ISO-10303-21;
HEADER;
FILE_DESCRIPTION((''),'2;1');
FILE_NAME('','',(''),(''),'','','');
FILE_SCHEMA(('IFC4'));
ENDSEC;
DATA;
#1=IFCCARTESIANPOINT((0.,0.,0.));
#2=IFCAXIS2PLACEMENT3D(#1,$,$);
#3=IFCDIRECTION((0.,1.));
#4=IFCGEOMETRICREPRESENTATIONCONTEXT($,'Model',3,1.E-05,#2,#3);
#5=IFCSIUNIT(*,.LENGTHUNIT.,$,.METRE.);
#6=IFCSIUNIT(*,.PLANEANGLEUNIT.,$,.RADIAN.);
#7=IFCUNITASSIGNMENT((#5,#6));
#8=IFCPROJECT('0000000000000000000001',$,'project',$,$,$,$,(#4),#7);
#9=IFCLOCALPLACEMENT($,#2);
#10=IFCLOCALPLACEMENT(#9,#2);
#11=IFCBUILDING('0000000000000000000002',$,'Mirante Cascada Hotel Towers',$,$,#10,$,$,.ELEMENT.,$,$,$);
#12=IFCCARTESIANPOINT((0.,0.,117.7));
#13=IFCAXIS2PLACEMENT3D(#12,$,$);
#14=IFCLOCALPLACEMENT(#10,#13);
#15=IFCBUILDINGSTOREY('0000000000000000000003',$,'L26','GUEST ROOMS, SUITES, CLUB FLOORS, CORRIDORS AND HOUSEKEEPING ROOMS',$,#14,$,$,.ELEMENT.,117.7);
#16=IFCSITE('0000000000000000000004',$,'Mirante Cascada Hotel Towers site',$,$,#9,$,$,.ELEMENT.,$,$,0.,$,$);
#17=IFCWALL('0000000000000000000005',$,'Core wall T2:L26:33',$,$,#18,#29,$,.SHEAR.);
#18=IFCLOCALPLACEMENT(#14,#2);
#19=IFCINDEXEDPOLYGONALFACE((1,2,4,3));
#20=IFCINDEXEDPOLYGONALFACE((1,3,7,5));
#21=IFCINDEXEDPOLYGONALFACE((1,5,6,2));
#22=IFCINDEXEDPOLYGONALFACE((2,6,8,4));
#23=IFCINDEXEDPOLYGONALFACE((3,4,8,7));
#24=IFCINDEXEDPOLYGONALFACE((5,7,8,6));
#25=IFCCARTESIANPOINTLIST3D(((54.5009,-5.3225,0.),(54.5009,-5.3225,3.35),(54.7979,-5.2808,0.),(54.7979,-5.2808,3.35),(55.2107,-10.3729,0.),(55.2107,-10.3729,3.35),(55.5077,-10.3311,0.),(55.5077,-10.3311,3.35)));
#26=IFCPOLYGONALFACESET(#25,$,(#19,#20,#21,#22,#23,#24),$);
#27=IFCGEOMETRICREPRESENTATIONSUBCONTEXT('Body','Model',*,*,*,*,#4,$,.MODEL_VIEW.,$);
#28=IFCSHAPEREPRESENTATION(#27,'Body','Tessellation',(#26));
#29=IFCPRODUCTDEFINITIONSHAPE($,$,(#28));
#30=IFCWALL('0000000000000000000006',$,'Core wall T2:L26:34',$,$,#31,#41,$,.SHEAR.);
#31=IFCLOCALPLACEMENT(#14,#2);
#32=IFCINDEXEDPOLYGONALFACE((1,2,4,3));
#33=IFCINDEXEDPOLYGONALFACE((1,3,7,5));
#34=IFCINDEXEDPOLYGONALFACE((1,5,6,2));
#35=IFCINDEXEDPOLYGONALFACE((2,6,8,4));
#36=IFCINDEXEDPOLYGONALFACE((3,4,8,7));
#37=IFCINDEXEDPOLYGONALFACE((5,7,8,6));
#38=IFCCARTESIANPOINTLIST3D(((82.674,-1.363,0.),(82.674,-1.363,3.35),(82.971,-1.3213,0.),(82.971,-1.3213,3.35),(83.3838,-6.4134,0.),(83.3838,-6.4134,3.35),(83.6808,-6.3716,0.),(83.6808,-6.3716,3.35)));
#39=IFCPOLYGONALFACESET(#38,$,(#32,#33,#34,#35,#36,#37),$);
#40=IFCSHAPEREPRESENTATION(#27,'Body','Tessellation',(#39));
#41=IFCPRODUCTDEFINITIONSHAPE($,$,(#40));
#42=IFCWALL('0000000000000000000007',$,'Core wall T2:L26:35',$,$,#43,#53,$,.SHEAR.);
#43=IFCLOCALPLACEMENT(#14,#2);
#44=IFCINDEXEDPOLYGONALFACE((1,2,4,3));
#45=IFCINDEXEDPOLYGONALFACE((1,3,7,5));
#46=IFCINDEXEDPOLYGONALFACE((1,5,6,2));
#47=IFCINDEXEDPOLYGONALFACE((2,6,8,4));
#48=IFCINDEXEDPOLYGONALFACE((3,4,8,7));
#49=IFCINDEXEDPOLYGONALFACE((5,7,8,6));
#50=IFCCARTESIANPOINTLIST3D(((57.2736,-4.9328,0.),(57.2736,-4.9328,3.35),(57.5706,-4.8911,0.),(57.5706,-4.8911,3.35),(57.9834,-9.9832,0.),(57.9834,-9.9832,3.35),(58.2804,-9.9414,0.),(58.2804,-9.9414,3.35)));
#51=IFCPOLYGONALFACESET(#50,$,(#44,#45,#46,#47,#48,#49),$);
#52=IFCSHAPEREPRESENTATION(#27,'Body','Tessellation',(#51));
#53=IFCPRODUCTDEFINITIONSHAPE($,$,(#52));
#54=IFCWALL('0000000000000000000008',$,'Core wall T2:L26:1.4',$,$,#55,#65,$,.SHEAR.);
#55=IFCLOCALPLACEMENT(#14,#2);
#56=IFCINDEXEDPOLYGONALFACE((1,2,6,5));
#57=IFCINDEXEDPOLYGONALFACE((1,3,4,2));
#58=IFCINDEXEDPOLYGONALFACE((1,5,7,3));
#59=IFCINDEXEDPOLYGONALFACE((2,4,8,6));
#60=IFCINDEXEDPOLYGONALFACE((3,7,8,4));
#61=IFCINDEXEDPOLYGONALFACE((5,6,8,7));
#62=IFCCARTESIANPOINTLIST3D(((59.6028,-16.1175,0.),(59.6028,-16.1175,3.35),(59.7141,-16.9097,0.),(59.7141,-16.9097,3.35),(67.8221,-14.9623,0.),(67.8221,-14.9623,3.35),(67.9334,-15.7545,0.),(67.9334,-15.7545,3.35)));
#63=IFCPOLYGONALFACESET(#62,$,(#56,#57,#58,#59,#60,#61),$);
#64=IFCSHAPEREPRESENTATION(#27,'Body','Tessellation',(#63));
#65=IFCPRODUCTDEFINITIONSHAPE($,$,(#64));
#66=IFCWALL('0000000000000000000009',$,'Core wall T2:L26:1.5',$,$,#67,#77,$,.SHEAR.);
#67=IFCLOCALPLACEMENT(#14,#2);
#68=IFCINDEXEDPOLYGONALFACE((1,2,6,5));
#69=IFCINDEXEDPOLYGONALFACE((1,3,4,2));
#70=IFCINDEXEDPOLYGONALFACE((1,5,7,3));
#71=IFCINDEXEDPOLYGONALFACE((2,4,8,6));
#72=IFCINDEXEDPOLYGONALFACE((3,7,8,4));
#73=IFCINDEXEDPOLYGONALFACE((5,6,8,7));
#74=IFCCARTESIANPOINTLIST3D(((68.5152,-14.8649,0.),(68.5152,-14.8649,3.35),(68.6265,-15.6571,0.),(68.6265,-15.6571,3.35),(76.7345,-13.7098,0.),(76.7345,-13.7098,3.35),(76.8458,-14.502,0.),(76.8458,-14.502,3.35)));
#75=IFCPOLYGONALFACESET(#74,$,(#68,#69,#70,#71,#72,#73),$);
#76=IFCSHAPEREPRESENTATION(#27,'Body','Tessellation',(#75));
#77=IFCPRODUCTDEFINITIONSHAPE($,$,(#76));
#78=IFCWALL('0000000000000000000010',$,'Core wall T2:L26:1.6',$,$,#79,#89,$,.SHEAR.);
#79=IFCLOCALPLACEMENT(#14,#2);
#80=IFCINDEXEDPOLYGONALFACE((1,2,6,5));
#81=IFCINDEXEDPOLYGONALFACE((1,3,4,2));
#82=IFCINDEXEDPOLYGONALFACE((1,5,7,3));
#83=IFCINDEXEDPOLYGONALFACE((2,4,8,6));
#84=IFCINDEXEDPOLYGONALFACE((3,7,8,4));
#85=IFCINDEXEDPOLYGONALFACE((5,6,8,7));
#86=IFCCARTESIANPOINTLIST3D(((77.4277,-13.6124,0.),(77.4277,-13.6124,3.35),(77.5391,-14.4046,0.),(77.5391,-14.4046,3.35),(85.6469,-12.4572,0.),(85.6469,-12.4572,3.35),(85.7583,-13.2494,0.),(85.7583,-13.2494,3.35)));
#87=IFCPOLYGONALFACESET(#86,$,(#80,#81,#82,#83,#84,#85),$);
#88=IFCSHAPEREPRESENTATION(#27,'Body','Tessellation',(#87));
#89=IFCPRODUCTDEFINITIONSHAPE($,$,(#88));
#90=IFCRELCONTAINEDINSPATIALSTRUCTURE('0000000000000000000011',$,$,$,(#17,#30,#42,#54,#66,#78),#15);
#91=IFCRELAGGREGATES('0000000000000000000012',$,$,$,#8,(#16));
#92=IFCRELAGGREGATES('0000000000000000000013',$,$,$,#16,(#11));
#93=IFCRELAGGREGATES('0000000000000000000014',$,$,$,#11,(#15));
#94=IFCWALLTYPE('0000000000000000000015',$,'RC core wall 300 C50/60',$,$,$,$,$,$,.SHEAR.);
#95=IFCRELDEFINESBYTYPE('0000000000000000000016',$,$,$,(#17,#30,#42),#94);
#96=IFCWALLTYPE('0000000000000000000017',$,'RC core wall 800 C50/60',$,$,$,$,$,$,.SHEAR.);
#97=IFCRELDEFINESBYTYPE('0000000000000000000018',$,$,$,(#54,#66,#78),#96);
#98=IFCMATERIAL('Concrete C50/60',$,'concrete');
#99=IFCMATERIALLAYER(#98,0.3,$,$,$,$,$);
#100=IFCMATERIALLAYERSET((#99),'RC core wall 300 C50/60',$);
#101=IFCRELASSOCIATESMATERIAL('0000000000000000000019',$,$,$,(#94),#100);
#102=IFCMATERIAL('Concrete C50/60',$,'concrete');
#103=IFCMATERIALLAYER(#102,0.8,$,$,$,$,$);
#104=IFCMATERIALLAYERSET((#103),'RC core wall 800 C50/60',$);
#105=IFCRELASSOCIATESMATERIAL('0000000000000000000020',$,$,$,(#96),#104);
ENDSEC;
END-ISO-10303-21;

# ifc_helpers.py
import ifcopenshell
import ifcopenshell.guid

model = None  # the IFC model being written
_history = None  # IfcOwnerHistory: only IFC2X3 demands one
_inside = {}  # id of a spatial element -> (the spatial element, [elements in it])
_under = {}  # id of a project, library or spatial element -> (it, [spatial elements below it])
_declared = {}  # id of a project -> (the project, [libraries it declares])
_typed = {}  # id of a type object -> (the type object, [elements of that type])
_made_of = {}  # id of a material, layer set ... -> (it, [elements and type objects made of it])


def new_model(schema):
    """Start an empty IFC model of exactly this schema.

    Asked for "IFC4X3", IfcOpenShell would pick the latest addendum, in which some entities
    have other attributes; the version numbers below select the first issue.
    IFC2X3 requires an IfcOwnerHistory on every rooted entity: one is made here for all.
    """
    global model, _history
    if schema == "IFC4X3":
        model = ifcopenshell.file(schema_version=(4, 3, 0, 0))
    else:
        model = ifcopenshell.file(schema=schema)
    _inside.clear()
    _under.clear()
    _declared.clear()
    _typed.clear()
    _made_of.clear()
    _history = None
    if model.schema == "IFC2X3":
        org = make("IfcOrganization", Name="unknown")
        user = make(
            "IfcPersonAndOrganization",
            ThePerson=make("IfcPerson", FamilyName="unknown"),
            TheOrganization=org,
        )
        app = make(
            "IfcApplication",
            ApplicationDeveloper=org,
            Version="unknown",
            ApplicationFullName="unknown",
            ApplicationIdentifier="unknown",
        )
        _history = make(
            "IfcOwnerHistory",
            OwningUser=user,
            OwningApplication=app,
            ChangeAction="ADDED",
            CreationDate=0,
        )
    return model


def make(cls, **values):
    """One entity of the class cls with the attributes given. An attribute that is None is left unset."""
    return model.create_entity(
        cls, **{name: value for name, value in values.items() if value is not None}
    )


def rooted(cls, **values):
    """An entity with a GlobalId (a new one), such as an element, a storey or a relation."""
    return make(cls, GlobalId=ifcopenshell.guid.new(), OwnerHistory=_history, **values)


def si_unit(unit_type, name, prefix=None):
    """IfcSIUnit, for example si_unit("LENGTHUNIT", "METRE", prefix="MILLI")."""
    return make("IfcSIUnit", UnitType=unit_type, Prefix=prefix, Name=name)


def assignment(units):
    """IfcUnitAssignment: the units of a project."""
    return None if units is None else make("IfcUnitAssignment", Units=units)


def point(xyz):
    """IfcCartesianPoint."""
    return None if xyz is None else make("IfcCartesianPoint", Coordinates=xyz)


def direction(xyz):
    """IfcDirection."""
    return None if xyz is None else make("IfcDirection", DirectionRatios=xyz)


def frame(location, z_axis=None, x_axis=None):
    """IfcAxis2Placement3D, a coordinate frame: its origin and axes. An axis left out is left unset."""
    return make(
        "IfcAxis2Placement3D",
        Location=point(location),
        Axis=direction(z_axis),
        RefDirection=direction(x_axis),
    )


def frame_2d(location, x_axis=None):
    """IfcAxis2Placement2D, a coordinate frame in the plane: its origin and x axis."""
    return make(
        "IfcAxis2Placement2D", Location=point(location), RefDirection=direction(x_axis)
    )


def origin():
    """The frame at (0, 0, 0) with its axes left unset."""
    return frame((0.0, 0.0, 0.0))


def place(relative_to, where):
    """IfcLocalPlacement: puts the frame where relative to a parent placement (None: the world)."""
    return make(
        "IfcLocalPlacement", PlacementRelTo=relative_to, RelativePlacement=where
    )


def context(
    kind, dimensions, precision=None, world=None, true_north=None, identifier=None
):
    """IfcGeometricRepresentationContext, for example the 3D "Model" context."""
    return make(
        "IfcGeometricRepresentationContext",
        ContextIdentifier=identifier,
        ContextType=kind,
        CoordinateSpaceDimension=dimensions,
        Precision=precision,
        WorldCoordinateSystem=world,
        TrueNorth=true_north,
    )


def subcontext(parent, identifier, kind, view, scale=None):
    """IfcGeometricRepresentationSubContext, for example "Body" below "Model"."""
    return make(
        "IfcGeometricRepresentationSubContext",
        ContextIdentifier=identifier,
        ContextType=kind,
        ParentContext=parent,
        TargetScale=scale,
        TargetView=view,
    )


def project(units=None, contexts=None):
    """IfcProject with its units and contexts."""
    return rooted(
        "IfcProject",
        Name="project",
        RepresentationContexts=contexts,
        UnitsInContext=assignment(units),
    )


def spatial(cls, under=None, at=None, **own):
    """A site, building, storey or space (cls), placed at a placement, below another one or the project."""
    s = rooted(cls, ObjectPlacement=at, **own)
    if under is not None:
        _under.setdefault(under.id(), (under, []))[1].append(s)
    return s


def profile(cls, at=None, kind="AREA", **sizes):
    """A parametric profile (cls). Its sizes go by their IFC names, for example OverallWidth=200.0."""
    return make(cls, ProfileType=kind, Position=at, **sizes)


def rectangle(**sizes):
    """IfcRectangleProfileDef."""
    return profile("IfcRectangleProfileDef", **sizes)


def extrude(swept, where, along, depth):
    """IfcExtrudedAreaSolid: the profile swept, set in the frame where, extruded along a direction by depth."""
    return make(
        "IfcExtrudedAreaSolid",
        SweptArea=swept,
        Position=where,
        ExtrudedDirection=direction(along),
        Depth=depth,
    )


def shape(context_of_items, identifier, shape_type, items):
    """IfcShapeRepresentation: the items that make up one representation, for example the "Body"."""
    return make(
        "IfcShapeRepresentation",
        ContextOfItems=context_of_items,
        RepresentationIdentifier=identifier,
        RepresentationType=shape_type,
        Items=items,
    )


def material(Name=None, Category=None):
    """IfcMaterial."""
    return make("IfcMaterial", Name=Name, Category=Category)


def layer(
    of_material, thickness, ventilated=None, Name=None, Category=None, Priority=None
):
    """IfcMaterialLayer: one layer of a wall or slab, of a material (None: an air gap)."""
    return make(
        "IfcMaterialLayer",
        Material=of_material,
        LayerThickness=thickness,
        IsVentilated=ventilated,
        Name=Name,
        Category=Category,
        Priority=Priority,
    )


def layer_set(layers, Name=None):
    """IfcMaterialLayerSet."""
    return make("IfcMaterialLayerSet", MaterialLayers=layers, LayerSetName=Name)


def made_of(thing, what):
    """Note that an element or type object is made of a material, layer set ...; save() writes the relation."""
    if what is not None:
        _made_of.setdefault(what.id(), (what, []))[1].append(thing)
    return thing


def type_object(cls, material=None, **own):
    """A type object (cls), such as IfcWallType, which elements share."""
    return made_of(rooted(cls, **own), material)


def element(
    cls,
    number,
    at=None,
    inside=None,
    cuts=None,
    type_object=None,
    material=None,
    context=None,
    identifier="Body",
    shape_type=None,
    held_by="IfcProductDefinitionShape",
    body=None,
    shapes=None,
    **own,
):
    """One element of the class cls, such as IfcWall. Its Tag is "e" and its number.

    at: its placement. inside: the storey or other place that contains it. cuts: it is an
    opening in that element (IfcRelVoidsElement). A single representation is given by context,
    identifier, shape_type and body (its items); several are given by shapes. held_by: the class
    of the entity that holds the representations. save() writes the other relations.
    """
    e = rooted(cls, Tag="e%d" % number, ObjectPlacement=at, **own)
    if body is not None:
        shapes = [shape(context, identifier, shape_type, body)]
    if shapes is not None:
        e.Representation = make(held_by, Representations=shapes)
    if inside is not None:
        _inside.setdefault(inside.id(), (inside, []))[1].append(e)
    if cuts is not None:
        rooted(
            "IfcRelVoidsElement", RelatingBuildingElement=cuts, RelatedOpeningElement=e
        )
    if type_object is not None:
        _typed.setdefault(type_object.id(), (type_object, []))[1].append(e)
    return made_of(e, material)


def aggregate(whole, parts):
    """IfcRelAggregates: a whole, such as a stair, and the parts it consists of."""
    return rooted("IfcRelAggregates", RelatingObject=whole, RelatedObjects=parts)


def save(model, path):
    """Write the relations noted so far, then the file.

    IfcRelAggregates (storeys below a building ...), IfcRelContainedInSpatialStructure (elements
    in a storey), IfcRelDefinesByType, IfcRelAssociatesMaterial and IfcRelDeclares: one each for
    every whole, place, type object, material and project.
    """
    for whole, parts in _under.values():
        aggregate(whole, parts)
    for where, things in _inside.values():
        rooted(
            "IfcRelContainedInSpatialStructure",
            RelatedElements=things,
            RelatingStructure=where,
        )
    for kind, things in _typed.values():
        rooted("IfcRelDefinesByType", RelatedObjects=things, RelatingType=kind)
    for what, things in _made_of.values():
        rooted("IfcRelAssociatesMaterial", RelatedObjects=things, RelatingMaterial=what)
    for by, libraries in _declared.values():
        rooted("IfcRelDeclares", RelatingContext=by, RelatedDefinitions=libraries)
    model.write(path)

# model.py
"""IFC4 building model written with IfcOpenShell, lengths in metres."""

from ifc_helpers import new_model, si_unit, direction, frame, frame_2d, origin, place, context, subcontext, project, spatial, rectangle, extrude, material, layer, layer_set, type_object, element, save


model = new_model("IFC4")

# Units and contexts
model_context = context("Model", 3, precision=1e-05, world=origin(), true_north=direction((0.0, 1.0)))
body_context = subcontext(model_context, "Body", "Model", "MODEL_VIEW")
ifc_project = project(units=[si_unit("LENGTHUNIT", "METRE"), si_unit("PLANEANGLEUNIT", "RADIAN")], contexts=[model_context])

# Site, building, storey
site_placement = place(None, origin())
site = spatial("IfcSite", under=ifc_project, at=site_placement, Name="Mirante Cascada Hotel Towers site", CompositionType="ELEMENT", RefElevation=0.0)
building_placement = place(site_placement, origin())
building = spatial("IfcBuilding", under=site, at=building_placement, Name="Mirante Cascada Hotel Towers", CompositionType="ELEMENT")
storey_placement = place(building_placement, frame((0.0, 0.0, 117.7)))
storey = spatial("IfcBuildingStorey", under=building, at=storey_placement, Name="L26", Description="GUEST ROOMS, SUITES, CLUB FLOORS, CORRIDORS AND HOUSEKEEPING ROOMS", CompositionType="ELEMENT", Elevation=117.7)

# Shared definitions
ifc_material_1 = material(Name="Concrete C50/60", Category="concrete")
ifc_layer_1 = layer(ifc_material_1, 0.3)
ifc_layer_set_1 = layer_set([ifc_layer_1], Name="RC core wall 300 C50/60")
wall_type_1 = type_object("IfcWallType", Name="RC core wall 300 C50/60", PredefinedType="SHEAR", material=ifc_layer_set_1)

# Walls
for number, where, z_axis, x_axis, name in (
    (1, (55.3592, -10.352, 0.0), (0.0, 0.0, 1.0), (-0.139176, 0.990268, 0.0), "Core wall T2:L26:33"),
    (2, (83.5323, -6.3925, 0.0), (0.0, 0.0, 1.0), (-0.139176, 0.990268, 0.0), "Core wall T2:L26:34"),
    (3, (58.1319, -9.9623, 0.0), (0.0, 0.0, 1.0), (-0.139176, 0.990268, 0.0), "Core wall T2:L26:35"),
):
    element("IfcWall", number, at=place(storey_placement, frame(where, z_axis=z_axis, x_axis=x_axis)), inside=storey, type_object=wall_type_1, Name=name, PredefinedType="SHEAR", context=body_context, shape_type="SweptSolid", body=[
        extrude(rectangle(XDim=5.1, YDim=0.3, at=frame_2d((2.55, 0.0))), origin(), (0.0, 0.0, 1.0), 3.35),
    ])
ifc_material_2 = material(Name="Concrete C50/60", Category="concrete")
ifc_layer_2 = layer(ifc_material_2, 0.8)
ifc_layer_set_2 = layer_set([ifc_layer_2], Name="RC core wall 800 C50/60")
wall_type_2 = type_object("IfcWallType", Name="RC core wall 800 C50/60", PredefinedType="SHEAR", material=ifc_layer_set_2)
for number, where, z_axis, x_axis, name in (
    (4, (59.6585, -16.5136, 0.0), (0.0, 0.0, 1.0), (0.990267, 0.139179, 0.0), "Core wall T2:L26:1.4"),
    (5, (68.5709, -15.261, 0.0), (0.0, 0.0, 1.0), (0.990269, 0.139167, 0.0), "Core wall T2:L26:1.5"),
):
    element("IfcWall", number, at=place(storey_placement, frame(where, z_axis=z_axis, x_axis=x_axis)), inside=storey, type_object=wall_type_2, Name=name, PredefinedType="SHEAR", context=body_context, shape_type="SweptSolid", body=[
        extrude(rectangle(XDim=8.3001, YDim=0.8, at=frame_2d((4.15, 0.0))), origin(), (0.0, 0.0, 1.0), 3.35),
    ])
wall_1_placement = place(storey_placement, frame((77.4834, -14.0085, 0.0), z_axis=(0.0, 0.0, 1.0), x_axis=(0.990267, 0.139181, 0.0)))
element("IfcWall", 6, at=wall_1_placement, inside=storey, type_object=wall_type_2, Name="Core wall T2:L26:1.6", PredefinedType="SHEAR", context=body_context, shape_type="SweptSolid", body=[
    extrude(rectangle(XDim=8.3, YDim=0.8, at=frame_2d((4.15, 0.0))), origin(), (0.0, 0.0, 1.0), 3.35),
])

save(model, "model.ifc")
